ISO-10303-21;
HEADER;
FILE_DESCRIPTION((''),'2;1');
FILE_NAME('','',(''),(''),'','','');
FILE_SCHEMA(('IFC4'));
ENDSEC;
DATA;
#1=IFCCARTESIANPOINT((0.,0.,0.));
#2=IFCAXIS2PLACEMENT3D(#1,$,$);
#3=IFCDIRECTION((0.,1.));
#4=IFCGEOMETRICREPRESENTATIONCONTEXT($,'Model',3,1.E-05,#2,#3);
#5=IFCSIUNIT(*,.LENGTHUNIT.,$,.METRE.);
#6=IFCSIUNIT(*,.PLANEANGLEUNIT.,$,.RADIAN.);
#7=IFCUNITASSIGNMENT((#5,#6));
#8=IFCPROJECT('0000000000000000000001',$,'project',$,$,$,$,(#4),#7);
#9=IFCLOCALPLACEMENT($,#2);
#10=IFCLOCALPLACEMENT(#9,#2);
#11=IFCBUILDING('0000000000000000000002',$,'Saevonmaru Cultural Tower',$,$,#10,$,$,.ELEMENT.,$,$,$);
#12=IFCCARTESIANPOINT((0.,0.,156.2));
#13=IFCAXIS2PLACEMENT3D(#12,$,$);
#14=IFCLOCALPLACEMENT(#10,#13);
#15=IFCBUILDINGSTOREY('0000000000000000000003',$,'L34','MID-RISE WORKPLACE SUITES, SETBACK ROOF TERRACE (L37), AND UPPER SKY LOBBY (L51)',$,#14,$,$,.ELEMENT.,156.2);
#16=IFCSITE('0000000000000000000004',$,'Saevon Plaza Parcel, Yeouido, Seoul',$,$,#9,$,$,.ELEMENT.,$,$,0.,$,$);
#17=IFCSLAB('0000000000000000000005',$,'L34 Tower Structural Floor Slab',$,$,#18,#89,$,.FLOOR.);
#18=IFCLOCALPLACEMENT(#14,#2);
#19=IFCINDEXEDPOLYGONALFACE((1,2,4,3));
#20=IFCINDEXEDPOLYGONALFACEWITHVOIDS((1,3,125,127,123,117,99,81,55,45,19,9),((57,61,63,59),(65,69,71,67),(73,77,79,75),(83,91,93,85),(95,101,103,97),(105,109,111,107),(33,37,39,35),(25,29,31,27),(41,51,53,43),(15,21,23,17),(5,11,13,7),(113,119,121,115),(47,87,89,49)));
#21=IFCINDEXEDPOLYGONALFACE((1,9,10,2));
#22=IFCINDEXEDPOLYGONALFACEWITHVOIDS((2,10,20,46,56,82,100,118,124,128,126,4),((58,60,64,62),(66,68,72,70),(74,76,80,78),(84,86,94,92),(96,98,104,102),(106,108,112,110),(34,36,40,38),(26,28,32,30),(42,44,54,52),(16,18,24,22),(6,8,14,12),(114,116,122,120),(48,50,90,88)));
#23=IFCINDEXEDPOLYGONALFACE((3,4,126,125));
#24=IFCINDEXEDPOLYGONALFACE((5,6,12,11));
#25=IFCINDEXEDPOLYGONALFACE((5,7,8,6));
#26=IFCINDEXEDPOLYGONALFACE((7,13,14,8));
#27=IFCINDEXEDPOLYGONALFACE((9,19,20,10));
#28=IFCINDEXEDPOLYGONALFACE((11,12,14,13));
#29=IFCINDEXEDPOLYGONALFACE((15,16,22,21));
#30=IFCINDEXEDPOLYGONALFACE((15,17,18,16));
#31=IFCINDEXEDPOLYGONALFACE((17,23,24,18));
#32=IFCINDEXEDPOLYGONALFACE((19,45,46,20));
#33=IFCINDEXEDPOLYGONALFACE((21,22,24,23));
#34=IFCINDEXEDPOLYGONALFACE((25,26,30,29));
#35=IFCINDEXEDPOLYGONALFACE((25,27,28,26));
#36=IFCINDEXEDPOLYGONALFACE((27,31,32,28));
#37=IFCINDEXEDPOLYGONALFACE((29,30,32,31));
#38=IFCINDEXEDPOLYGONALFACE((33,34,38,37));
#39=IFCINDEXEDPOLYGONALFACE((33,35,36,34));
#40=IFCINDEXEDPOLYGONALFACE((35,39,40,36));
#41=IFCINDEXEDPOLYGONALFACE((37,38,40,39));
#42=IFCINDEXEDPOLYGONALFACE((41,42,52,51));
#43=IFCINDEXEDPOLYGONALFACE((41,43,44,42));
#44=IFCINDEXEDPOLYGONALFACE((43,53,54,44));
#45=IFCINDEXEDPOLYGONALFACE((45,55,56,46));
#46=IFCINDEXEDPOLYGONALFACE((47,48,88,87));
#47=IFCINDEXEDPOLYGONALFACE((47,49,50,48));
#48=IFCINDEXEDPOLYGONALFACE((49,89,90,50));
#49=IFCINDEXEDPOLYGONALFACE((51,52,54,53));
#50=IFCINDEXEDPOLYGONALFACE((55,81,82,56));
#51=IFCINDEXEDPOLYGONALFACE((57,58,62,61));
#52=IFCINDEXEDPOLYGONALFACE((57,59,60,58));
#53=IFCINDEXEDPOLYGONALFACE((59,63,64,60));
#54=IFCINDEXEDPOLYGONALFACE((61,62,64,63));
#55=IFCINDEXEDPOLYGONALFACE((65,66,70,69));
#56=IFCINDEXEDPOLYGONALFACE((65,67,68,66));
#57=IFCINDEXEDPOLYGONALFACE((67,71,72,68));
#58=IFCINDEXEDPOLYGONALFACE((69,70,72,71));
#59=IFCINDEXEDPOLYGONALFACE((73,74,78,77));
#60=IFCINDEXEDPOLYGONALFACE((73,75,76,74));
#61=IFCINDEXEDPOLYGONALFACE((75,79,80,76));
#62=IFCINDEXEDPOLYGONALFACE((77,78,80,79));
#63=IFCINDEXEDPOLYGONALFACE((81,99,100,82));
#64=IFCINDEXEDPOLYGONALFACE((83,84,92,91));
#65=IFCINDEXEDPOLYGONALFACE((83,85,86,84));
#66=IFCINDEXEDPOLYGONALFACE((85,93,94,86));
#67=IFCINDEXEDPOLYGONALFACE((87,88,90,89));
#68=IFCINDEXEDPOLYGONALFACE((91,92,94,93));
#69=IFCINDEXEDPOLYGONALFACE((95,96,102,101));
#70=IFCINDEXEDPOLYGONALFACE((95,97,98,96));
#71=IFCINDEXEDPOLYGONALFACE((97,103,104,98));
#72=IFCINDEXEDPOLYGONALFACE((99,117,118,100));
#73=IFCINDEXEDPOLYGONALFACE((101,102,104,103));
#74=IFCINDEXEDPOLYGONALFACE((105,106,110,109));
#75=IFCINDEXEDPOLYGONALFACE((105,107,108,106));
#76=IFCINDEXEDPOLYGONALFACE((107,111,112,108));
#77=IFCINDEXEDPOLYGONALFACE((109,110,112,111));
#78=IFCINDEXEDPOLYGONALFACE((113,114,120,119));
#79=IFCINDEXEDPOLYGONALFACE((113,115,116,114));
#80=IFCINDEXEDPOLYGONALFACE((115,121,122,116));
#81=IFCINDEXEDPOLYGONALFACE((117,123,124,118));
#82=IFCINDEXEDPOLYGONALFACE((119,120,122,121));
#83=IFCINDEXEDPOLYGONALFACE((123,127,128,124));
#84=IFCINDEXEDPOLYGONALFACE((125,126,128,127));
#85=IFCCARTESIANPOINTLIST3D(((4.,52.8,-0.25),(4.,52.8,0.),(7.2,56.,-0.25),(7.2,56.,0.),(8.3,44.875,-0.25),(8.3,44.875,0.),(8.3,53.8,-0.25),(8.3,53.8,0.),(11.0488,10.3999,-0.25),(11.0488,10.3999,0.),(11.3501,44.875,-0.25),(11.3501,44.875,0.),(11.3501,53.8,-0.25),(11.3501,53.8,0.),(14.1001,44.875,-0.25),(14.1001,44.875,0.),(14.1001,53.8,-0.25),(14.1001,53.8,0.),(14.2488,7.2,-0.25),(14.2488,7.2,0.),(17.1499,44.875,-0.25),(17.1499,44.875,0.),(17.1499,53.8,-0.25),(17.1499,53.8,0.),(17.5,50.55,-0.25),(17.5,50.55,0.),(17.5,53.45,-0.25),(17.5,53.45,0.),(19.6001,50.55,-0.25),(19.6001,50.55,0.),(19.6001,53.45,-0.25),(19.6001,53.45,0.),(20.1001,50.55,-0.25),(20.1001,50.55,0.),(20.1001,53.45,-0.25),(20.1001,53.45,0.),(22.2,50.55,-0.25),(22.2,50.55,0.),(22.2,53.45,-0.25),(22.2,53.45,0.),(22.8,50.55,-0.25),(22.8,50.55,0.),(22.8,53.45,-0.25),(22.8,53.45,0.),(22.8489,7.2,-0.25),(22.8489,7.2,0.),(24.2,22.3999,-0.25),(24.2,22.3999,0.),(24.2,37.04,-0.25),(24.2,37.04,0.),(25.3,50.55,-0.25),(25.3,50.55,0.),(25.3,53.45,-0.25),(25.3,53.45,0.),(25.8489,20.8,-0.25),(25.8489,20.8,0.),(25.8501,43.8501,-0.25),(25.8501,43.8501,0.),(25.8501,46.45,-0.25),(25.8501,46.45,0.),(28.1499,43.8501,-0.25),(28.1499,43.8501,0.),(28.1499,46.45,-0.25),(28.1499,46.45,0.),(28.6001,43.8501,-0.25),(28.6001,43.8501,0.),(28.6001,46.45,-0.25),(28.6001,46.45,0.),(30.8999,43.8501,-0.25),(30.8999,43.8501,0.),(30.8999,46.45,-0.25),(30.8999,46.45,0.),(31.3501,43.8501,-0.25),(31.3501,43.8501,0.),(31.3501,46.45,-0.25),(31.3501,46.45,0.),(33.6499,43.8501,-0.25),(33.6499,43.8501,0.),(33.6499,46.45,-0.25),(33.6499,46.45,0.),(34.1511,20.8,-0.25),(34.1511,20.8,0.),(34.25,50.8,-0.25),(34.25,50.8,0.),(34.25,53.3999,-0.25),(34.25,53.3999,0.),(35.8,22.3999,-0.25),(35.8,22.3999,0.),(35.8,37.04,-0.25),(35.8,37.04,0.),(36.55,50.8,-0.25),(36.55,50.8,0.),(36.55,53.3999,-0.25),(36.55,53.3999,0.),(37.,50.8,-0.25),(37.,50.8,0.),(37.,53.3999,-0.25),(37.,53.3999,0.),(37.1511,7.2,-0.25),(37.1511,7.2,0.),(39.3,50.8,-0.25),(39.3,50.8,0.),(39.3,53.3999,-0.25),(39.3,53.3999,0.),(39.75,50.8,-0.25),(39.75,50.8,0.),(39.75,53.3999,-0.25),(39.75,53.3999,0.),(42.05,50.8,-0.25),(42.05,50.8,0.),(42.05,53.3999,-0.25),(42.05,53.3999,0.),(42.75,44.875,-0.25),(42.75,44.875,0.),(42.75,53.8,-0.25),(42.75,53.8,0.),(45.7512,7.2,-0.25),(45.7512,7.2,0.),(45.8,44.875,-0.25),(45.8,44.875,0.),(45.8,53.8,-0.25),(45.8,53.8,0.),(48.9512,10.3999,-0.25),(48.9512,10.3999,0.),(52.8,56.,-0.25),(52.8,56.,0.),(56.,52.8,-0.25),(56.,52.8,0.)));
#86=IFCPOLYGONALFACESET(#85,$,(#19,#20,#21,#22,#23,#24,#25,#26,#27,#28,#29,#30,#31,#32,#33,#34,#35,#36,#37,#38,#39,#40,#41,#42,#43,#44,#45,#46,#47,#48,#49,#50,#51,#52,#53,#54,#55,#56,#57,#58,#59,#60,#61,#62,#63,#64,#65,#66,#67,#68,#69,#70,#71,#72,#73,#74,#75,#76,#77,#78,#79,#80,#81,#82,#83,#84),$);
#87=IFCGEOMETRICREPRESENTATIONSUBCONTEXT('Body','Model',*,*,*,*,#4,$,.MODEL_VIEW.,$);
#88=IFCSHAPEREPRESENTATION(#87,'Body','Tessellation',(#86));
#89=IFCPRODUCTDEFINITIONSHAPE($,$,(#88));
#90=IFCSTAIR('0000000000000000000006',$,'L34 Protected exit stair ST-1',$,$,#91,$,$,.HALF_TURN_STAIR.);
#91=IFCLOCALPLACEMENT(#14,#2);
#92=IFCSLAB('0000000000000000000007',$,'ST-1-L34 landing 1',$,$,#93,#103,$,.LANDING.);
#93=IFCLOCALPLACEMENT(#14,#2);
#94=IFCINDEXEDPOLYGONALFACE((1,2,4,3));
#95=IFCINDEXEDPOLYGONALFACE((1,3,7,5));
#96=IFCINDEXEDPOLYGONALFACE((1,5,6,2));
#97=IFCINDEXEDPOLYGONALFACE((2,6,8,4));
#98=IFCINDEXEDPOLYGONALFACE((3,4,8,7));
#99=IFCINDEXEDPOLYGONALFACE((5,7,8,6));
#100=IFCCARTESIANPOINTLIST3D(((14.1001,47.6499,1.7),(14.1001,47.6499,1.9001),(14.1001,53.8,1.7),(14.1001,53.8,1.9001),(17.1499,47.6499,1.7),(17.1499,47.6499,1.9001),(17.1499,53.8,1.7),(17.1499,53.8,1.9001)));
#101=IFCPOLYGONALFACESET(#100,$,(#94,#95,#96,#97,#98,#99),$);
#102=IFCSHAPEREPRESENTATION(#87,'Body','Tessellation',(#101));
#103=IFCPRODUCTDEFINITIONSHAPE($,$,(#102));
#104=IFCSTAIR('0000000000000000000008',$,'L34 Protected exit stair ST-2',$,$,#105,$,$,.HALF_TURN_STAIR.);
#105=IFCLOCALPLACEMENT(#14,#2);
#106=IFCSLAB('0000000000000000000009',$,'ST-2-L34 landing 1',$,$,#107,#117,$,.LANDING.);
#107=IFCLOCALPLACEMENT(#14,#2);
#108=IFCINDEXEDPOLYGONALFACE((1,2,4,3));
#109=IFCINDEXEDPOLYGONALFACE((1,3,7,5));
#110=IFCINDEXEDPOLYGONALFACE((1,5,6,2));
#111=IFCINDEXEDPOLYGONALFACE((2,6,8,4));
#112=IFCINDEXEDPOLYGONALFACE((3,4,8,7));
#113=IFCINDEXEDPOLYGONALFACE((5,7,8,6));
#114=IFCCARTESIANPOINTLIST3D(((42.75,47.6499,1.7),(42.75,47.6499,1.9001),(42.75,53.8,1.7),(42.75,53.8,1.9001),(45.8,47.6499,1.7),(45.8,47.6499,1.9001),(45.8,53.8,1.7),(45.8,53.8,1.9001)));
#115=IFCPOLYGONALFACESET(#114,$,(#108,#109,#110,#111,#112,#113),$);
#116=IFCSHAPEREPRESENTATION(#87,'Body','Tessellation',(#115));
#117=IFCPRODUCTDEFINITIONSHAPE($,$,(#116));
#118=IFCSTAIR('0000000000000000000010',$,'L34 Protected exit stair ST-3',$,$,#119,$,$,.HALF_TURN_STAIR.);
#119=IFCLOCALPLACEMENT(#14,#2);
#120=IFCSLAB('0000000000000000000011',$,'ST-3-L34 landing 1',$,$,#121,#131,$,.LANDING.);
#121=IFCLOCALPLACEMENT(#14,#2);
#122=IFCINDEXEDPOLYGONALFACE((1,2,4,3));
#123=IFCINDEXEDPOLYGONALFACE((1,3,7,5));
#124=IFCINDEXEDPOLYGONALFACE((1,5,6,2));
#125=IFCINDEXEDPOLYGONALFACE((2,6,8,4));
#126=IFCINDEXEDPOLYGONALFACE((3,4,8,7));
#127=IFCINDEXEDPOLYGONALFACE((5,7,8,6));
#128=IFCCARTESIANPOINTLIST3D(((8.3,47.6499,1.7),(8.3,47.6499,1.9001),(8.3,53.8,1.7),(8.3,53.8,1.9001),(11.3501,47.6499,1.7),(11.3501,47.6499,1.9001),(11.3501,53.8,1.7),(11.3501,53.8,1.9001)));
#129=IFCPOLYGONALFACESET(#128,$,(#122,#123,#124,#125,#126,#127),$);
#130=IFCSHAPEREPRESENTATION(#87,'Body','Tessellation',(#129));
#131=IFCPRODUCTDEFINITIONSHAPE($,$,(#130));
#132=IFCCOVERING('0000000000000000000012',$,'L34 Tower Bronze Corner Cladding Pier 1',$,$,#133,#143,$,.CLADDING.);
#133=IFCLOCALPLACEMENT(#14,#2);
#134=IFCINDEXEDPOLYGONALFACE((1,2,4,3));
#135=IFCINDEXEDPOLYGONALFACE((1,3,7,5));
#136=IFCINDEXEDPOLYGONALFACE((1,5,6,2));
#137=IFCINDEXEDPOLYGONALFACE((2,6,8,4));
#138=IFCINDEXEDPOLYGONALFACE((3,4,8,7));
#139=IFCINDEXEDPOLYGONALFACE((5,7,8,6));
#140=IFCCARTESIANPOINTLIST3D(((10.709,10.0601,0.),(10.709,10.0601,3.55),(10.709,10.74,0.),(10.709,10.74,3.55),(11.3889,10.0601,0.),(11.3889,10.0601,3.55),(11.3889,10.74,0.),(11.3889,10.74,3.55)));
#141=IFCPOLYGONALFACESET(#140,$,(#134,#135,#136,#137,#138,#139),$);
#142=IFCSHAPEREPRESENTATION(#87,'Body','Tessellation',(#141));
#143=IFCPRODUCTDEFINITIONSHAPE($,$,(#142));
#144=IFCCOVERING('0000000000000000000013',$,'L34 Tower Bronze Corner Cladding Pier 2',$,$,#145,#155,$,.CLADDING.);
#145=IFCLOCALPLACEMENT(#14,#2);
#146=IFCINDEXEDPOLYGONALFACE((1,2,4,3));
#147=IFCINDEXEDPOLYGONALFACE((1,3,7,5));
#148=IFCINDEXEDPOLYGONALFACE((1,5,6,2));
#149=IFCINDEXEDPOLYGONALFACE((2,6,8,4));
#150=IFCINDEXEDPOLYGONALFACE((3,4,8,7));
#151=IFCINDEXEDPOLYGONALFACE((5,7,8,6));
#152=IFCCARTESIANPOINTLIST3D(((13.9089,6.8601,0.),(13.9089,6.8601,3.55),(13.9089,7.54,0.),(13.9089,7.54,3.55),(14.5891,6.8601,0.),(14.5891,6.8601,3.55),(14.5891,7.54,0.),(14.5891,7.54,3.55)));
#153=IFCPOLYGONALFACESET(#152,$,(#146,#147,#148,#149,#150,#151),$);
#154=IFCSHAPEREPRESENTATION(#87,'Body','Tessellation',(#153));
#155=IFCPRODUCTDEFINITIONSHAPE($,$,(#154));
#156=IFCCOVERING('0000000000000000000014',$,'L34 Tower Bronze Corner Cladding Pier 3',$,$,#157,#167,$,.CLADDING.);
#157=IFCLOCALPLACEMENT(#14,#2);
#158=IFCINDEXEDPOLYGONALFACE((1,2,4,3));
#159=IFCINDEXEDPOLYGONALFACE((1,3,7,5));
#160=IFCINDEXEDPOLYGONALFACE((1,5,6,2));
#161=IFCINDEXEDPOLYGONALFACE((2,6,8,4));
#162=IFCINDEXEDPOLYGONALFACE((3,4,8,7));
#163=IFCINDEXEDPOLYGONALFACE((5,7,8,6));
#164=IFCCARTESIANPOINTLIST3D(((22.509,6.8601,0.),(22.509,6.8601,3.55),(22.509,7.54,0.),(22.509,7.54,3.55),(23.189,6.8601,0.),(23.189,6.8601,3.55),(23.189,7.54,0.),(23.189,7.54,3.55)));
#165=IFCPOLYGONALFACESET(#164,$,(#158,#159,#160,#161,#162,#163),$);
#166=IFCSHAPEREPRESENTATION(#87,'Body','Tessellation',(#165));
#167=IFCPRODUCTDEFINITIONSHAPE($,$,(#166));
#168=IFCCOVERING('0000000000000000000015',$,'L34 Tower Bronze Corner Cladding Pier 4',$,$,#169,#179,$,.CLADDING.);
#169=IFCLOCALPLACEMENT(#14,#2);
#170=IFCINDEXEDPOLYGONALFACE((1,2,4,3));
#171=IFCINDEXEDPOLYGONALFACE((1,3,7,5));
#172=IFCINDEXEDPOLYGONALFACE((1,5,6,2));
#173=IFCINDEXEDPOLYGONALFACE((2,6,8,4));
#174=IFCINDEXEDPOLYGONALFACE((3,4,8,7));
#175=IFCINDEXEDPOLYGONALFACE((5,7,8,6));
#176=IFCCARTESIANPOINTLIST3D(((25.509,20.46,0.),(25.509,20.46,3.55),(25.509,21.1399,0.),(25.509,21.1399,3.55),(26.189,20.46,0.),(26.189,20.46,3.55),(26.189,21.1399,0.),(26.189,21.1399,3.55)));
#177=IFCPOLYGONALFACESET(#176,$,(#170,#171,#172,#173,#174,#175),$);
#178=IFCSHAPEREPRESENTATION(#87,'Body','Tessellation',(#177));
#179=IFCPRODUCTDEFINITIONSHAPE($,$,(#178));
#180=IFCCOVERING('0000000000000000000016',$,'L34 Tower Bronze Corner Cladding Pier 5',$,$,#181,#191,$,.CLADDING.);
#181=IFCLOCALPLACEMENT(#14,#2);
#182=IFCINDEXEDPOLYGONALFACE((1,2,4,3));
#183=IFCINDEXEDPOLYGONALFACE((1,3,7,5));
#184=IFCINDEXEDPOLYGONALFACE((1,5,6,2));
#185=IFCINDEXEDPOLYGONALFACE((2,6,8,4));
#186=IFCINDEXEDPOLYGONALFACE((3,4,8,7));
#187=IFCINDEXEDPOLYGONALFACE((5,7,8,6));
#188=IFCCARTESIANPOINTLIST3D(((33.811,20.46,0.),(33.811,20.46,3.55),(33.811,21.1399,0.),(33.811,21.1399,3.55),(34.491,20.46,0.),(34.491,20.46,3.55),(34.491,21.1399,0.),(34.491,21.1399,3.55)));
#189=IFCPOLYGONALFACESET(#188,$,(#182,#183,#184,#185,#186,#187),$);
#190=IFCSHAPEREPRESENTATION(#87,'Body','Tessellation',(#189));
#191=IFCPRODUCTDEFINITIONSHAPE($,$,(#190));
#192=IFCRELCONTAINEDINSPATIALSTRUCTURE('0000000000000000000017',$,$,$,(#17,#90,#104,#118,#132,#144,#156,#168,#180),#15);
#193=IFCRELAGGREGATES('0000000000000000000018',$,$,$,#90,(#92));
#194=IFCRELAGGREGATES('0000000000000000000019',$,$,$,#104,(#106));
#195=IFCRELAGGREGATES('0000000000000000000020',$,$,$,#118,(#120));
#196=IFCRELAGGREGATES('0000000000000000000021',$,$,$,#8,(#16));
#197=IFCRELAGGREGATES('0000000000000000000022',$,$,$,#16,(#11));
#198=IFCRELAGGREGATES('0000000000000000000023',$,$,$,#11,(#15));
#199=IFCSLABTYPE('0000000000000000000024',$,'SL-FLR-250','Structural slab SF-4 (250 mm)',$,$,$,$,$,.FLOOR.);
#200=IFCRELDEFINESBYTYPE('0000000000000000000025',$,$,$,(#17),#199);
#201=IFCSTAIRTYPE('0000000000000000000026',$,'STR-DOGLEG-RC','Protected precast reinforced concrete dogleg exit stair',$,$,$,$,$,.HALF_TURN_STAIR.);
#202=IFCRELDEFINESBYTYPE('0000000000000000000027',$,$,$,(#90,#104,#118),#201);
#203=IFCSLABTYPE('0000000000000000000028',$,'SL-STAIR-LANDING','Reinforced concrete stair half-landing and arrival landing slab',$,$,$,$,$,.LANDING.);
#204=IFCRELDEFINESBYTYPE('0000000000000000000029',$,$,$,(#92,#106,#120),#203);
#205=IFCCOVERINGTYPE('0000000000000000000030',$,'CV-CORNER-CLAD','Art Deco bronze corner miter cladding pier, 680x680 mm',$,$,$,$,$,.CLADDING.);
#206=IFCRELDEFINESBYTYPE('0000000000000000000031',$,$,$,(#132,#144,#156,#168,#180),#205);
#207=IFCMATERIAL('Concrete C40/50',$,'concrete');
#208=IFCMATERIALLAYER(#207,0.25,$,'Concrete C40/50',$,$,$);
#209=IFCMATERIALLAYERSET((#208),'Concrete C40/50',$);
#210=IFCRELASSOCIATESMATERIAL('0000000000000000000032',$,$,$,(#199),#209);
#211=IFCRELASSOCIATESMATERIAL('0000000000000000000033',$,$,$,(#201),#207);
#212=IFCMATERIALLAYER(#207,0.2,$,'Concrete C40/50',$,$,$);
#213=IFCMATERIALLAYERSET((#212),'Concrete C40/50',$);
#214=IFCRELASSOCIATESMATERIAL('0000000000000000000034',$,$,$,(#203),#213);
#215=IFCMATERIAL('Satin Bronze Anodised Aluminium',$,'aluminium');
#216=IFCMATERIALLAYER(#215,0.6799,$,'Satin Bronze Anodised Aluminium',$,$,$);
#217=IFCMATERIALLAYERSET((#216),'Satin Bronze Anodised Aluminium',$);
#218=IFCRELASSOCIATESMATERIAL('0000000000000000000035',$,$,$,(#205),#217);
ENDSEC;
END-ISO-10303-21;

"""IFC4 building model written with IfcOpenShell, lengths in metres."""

from ifc_helpers import new_model, si_unit, direction, frame, origin, place, context, subcontext, project, spatial, polyline, outline, extrude, material, layer, layer_set, type_object, element, aggregate, save


model = new_model("IFC4")

# Units and contexts
model_context = context("Model", 3, precision=1e-05, world=origin(), true_north=direction((0.0, 1.0)))
body_context = subcontext(model_context, "Body", "Model", "MODEL_VIEW")
ifc_project = project(units=[si_unit("LENGTHUNIT", "METRE"), si_unit("PLANEANGLEUNIT", "RADIAN")], contexts=[model_context])

# Site, building, storey
site_placement = place(None, origin())
site = spatial("IfcSite", under=ifc_project, at=site_placement, Name="Saevon Plaza Parcel, Yeouido, Seoul", CompositionType="ELEMENT", RefElevation=0.0)
building_placement = place(site_placement, origin())
building = spatial("IfcBuilding", under=site, at=building_placement, Name="Saevonmaru Cultural Tower", CompositionType="ELEMENT")
storey_placement = place(building_placement, frame((0.0, 0.0, 156.2)))
storey = spatial("IfcBuildingStorey", under=building, at=storey_placement, Name="L34", Description="MID-RISE WORKPLACE SUITES, SETBACK ROOF TERRACE (L37), AND UPPER SKY LOBBY (L51)", CompositionType="ELEMENT", Elevation=156.2)

# Shared definitions
ifc_material_1 = material(Name="Satin Bronze Anodised Aluminium", Category="aluminium")

# Slab
ifc_material_2 = material(Name="Concrete C40/50", Category="concrete")
ifc_layer_1 = layer(ifc_material_2, 0.25, Name="Concrete C40/50")
ifc_layer_set_1 = layer_set([ifc_layer_1], Name="Concrete C40/50")
slab_type_1 = type_object("IfcSlabType", Name="SL-FLR-250", Description="Structural slab SF-4 (250 mm)", PredefinedType="FLOOR", material=ifc_layer_set_1)
slab_1_placement = place(storey_placement, frame((0.0, 0.0, -0.25)))
element("IfcSlab", 1, at=slab_1_placement, inside=storey, type_object=slab_type_1, Name="L34 Tower Structural Floor Slab", PredefinedType="FLOOR", context=body_context, shape_type="SweptSolid", body=[
    extrude(outline(polyline([(11.0488, 10.3999), (14.2488, 7.2), (22.8489, 7.2), (25.8489, 20.8), (34.1511, 20.8), (37.1511, 7.2), (45.7512, 7.2), (48.9512, 10.3999), (56.0, 52.8), (52.8, 56.0), (7.2, 56.0), (4.0, 52.8), (11.0488, 10.3999)]), holes=[polyline([(45.8, 44.875), (42.75, 44.875), (42.75, 53.8), (45.8, 53.8), (45.8, 44.875)]), polyline([(39.75, 50.8), (39.75, 53.3999), (42.05, 53.3999), (42.05, 50.8), (39.75, 50.8)]), polyline([(37.0, 50.8), (37.0, 53.3999), (39.3, 53.3999), (39.3, 50.8), (37.0, 50.8)]), polyline([(34.25, 50.8), (34.25, 53.3999), (36.55, 53.3999), (36.55, 50.8), (34.25, 50.8)]), polyline([(24.2, 22.3999), (24.2, 37.04), (35.8, 37.04), (35.8, 22.3999), (24.2, 22.3999)]), polyline([(31.3501, 43.8501), (31.3501, 46.45), (33.6499, 46.45), (33.6499, 43.8501), (31.3501, 43.8501)]), polyline([(28.6001, 43.8501), (28.6001, 46.45), (30.8999, 46.45), (30.8999, 43.8501), (28.6001, 43.8501)]), polyline([(28.1499, 43.8501), (25.8501, 43.8501), (25.8501, 46.45), (28.1499, 46.45), (28.1499, 43.8501)]), polyline([(25.3, 50.55), (22.8, 50.55), (22.8, 53.45), (25.3, 53.45), (25.3, 50.55)]), polyline([(20.1001, 50.55), (20.1001, 53.45), (22.2, 53.45), (22.2, 50.55), (20.1001, 50.55)]), polyline([(17.5, 50.55), (17.5, 53.45), (19.6001, 53.45), (19.6001, 50.55), (17.5, 50.55)]), polyline([(17.1499, 53.8), (17.1499, 44.875), (14.1001, 44.875), (14.1001, 53.8), (17.1499, 53.8)]), polyline([(11.3501, 44.875), (8.3, 44.875), (8.3, 53.8), (11.3501, 53.8), (11.3501, 44.875)])]), origin(), (0.0, 0.0, 1.0), 0.25),
])

# Stairs, slabs
stair_type = type_object("IfcStairType", Name="STR-DOGLEG-RC", Description="Protected precast reinforced concrete dogleg exit stair", PredefinedType="HALF_TURN_STAIR", material=ifc_material_2)
stair_1_placement = place(storey_placement, origin())
stair_1 = element("IfcStair", 2, at=stair_1_placement, inside=storey, type_object=stair_type, Name="L34 Protected exit stair ST-1", PredefinedType="HALF_TURN_STAIR")
ifc_layer_2 = layer(ifc_material_2, 0.2, Name="Concrete C40/50")
ifc_layer_set_2 = layer_set([ifc_layer_2], Name="Concrete C40/50")
slab_type_2 = type_object("IfcSlabType", Name="SL-STAIR-LANDING", Description="Reinforced concrete stair half-landing and arrival landing slab", PredefinedType="LANDING", material=ifc_layer_set_2)
slab_2_placement = place(storey_placement, frame((0.0, 0.0, 1.7)))
slab_2 = element("IfcSlab", 3, at=slab_2_placement, type_object=slab_type_2, Name="ST-1-L34 landing 1", PredefinedType="LANDING", context=body_context, shape_type="SweptSolid", body=[
    extrude(outline(polyline([(17.1499, 47.6499), (17.1499, 53.8), (14.1001, 53.8), (14.1001, 47.6499), (17.1499, 47.6499)])), origin(), (0.0, 0.0, 1.0), 0.2002),
])
aggregate(stair_1, [slab_2])
stair_2_placement = place(storey_placement, origin())
stair_2 = element("IfcStair", 4, at=stair_2_placement, inside=storey, type_object=stair_type, Name="L34 Protected exit stair ST-2", PredefinedType="HALF_TURN_STAIR")
slab_3_placement = place(storey_placement, frame((0.0, 0.0, 1.7)))
slab_3 = element("IfcSlab", 5, at=slab_3_placement, type_object=slab_type_2, Name="ST-2-L34 landing 1", PredefinedType="LANDING", context=body_context, shape_type="SweptSolid", body=[
    extrude(outline(polyline([(45.8, 47.6499), (45.8, 53.8), (42.75, 53.8), (42.75, 47.6499), (45.8, 47.6499)])), origin(), (0.0, 0.0, 1.0), 0.2002),
])
aggregate(stair_2, [slab_3])
stair_3_placement = place(storey_placement, origin())
stair_3 = element("IfcStair", 6, at=stair_3_placement, inside=storey, type_object=stair_type, Name="L34 Protected exit stair ST-3", PredefinedType="HALF_TURN_STAIR")
slab_4_placement = place(storey_placement, frame((0.0, 0.0, 1.7)))
slab_4 = element("IfcSlab", 7, at=slab_4_placement, type_object=slab_type_2, Name="ST-3-L34 landing 1", PredefinedType="LANDING", context=body_context, shape_type="SweptSolid", body=[
    extrude(outline(polyline([(11.3501, 47.6499), (11.3501, 53.8), (8.3, 53.8), (8.3, 47.6499), (11.3501, 47.6499)])), origin(), (0.0, 0.0, 1.0), 0.2002),
])
aggregate(stair_3, [slab_4])

# Coverings
ifc_layer_3 = layer(ifc_material_1, 0.6799, Name="Satin Bronze Anodised Aluminium")
ifc_layer_set_3 = layer_set([ifc_layer_3], Name="Satin Bronze Anodised Aluminium")
covering_type = type_object("IfcCoveringType", Name="CV-CORNER-CLAD", Description="Art Deco bronze corner miter cladding pier, 680x680 mm", PredefinedType="CLADDING", material=ifc_layer_set_3)
covering_1_placement = place(storey_placement, origin())
element("IfcCovering", 8, at=covering_1_placement, inside=storey, type_object=covering_type, Name="L34 Tower Bronze Corner Cladding Pier 1", PredefinedType="CLADDING", context=body_context, shape_type="SweptSolid", body=[
    extrude(outline(polyline([(10.709, 10.0601), (11.3889, 10.0601), (11.3889, 10.74), (10.709, 10.74), (10.709, 10.0601)])), origin(), (0.0, 0.0, 1.0), 3.55),
])
covering_2_placement = place(storey_placement, origin())
element("IfcCovering", 9, at=covering_2_placement, inside=storey, type_object=covering_type, Name="L34 Tower Bronze Corner Cladding Pier 2", PredefinedType="CLADDING", context=body_context, shape_type="SweptSolid", body=[
    extrude(outline(polyline([(13.9089, 6.8601), (14.5891, 6.8601), (14.5891, 7.54), (13.9089, 7.54), (13.9089, 6.8601)])), origin(), (0.0, 0.0, 1.0), 3.55),
])
covering_3_placement = place(storey_placement, origin())
element("IfcCovering", 10, at=covering_3_placement, inside=storey, type_object=covering_type, Name="L34 Tower Bronze Corner Cladding Pier 3", PredefinedType="CLADDING", context=body_context, shape_type="SweptSolid", body=[
    extrude(outline(polyline([(22.509, 6.8601), (23.189, 6.8601), (23.189, 7.54), (22.509, 7.54), (22.509, 6.8601)])), origin(), (0.0, 0.0, 1.0), 3.55),
])
covering_4_placement = place(storey_placement, origin())
element("IfcCovering", 11, at=covering_4_placement, inside=storey, type_object=covering_type, Name="L34 Tower Bronze Corner Cladding Pier 4", PredefinedType="CLADDING", context=body_context, shape_type="SweptSolid", body=[
    extrude(outline(polyline([(25.509, 20.46), (26.189, 20.46), (26.189, 21.1399), (25.509, 21.1399), (25.509, 20.46)])), origin(), (0.0, 0.0, 1.0), 3.55),
])
covering_5_placement = place(storey_placement, origin())
element("IfcCovering", 12, at=covering_5_placement, inside=storey, type_object=covering_type, Name="L34 Tower Bronze Corner Cladding Pier 5", PredefinedType="CLADDING", context=body_context, shape_type="SweptSolid", body=[
    extrude(outline(polyline([(33.811, 20.46), (34.491, 20.46), (34.491, 21.1399), (33.811, 21.1399), (33.811, 20.46)])), origin(), (0.0, 0.0, 1.0), 3.55),
])

save(model, "model.ifc")
